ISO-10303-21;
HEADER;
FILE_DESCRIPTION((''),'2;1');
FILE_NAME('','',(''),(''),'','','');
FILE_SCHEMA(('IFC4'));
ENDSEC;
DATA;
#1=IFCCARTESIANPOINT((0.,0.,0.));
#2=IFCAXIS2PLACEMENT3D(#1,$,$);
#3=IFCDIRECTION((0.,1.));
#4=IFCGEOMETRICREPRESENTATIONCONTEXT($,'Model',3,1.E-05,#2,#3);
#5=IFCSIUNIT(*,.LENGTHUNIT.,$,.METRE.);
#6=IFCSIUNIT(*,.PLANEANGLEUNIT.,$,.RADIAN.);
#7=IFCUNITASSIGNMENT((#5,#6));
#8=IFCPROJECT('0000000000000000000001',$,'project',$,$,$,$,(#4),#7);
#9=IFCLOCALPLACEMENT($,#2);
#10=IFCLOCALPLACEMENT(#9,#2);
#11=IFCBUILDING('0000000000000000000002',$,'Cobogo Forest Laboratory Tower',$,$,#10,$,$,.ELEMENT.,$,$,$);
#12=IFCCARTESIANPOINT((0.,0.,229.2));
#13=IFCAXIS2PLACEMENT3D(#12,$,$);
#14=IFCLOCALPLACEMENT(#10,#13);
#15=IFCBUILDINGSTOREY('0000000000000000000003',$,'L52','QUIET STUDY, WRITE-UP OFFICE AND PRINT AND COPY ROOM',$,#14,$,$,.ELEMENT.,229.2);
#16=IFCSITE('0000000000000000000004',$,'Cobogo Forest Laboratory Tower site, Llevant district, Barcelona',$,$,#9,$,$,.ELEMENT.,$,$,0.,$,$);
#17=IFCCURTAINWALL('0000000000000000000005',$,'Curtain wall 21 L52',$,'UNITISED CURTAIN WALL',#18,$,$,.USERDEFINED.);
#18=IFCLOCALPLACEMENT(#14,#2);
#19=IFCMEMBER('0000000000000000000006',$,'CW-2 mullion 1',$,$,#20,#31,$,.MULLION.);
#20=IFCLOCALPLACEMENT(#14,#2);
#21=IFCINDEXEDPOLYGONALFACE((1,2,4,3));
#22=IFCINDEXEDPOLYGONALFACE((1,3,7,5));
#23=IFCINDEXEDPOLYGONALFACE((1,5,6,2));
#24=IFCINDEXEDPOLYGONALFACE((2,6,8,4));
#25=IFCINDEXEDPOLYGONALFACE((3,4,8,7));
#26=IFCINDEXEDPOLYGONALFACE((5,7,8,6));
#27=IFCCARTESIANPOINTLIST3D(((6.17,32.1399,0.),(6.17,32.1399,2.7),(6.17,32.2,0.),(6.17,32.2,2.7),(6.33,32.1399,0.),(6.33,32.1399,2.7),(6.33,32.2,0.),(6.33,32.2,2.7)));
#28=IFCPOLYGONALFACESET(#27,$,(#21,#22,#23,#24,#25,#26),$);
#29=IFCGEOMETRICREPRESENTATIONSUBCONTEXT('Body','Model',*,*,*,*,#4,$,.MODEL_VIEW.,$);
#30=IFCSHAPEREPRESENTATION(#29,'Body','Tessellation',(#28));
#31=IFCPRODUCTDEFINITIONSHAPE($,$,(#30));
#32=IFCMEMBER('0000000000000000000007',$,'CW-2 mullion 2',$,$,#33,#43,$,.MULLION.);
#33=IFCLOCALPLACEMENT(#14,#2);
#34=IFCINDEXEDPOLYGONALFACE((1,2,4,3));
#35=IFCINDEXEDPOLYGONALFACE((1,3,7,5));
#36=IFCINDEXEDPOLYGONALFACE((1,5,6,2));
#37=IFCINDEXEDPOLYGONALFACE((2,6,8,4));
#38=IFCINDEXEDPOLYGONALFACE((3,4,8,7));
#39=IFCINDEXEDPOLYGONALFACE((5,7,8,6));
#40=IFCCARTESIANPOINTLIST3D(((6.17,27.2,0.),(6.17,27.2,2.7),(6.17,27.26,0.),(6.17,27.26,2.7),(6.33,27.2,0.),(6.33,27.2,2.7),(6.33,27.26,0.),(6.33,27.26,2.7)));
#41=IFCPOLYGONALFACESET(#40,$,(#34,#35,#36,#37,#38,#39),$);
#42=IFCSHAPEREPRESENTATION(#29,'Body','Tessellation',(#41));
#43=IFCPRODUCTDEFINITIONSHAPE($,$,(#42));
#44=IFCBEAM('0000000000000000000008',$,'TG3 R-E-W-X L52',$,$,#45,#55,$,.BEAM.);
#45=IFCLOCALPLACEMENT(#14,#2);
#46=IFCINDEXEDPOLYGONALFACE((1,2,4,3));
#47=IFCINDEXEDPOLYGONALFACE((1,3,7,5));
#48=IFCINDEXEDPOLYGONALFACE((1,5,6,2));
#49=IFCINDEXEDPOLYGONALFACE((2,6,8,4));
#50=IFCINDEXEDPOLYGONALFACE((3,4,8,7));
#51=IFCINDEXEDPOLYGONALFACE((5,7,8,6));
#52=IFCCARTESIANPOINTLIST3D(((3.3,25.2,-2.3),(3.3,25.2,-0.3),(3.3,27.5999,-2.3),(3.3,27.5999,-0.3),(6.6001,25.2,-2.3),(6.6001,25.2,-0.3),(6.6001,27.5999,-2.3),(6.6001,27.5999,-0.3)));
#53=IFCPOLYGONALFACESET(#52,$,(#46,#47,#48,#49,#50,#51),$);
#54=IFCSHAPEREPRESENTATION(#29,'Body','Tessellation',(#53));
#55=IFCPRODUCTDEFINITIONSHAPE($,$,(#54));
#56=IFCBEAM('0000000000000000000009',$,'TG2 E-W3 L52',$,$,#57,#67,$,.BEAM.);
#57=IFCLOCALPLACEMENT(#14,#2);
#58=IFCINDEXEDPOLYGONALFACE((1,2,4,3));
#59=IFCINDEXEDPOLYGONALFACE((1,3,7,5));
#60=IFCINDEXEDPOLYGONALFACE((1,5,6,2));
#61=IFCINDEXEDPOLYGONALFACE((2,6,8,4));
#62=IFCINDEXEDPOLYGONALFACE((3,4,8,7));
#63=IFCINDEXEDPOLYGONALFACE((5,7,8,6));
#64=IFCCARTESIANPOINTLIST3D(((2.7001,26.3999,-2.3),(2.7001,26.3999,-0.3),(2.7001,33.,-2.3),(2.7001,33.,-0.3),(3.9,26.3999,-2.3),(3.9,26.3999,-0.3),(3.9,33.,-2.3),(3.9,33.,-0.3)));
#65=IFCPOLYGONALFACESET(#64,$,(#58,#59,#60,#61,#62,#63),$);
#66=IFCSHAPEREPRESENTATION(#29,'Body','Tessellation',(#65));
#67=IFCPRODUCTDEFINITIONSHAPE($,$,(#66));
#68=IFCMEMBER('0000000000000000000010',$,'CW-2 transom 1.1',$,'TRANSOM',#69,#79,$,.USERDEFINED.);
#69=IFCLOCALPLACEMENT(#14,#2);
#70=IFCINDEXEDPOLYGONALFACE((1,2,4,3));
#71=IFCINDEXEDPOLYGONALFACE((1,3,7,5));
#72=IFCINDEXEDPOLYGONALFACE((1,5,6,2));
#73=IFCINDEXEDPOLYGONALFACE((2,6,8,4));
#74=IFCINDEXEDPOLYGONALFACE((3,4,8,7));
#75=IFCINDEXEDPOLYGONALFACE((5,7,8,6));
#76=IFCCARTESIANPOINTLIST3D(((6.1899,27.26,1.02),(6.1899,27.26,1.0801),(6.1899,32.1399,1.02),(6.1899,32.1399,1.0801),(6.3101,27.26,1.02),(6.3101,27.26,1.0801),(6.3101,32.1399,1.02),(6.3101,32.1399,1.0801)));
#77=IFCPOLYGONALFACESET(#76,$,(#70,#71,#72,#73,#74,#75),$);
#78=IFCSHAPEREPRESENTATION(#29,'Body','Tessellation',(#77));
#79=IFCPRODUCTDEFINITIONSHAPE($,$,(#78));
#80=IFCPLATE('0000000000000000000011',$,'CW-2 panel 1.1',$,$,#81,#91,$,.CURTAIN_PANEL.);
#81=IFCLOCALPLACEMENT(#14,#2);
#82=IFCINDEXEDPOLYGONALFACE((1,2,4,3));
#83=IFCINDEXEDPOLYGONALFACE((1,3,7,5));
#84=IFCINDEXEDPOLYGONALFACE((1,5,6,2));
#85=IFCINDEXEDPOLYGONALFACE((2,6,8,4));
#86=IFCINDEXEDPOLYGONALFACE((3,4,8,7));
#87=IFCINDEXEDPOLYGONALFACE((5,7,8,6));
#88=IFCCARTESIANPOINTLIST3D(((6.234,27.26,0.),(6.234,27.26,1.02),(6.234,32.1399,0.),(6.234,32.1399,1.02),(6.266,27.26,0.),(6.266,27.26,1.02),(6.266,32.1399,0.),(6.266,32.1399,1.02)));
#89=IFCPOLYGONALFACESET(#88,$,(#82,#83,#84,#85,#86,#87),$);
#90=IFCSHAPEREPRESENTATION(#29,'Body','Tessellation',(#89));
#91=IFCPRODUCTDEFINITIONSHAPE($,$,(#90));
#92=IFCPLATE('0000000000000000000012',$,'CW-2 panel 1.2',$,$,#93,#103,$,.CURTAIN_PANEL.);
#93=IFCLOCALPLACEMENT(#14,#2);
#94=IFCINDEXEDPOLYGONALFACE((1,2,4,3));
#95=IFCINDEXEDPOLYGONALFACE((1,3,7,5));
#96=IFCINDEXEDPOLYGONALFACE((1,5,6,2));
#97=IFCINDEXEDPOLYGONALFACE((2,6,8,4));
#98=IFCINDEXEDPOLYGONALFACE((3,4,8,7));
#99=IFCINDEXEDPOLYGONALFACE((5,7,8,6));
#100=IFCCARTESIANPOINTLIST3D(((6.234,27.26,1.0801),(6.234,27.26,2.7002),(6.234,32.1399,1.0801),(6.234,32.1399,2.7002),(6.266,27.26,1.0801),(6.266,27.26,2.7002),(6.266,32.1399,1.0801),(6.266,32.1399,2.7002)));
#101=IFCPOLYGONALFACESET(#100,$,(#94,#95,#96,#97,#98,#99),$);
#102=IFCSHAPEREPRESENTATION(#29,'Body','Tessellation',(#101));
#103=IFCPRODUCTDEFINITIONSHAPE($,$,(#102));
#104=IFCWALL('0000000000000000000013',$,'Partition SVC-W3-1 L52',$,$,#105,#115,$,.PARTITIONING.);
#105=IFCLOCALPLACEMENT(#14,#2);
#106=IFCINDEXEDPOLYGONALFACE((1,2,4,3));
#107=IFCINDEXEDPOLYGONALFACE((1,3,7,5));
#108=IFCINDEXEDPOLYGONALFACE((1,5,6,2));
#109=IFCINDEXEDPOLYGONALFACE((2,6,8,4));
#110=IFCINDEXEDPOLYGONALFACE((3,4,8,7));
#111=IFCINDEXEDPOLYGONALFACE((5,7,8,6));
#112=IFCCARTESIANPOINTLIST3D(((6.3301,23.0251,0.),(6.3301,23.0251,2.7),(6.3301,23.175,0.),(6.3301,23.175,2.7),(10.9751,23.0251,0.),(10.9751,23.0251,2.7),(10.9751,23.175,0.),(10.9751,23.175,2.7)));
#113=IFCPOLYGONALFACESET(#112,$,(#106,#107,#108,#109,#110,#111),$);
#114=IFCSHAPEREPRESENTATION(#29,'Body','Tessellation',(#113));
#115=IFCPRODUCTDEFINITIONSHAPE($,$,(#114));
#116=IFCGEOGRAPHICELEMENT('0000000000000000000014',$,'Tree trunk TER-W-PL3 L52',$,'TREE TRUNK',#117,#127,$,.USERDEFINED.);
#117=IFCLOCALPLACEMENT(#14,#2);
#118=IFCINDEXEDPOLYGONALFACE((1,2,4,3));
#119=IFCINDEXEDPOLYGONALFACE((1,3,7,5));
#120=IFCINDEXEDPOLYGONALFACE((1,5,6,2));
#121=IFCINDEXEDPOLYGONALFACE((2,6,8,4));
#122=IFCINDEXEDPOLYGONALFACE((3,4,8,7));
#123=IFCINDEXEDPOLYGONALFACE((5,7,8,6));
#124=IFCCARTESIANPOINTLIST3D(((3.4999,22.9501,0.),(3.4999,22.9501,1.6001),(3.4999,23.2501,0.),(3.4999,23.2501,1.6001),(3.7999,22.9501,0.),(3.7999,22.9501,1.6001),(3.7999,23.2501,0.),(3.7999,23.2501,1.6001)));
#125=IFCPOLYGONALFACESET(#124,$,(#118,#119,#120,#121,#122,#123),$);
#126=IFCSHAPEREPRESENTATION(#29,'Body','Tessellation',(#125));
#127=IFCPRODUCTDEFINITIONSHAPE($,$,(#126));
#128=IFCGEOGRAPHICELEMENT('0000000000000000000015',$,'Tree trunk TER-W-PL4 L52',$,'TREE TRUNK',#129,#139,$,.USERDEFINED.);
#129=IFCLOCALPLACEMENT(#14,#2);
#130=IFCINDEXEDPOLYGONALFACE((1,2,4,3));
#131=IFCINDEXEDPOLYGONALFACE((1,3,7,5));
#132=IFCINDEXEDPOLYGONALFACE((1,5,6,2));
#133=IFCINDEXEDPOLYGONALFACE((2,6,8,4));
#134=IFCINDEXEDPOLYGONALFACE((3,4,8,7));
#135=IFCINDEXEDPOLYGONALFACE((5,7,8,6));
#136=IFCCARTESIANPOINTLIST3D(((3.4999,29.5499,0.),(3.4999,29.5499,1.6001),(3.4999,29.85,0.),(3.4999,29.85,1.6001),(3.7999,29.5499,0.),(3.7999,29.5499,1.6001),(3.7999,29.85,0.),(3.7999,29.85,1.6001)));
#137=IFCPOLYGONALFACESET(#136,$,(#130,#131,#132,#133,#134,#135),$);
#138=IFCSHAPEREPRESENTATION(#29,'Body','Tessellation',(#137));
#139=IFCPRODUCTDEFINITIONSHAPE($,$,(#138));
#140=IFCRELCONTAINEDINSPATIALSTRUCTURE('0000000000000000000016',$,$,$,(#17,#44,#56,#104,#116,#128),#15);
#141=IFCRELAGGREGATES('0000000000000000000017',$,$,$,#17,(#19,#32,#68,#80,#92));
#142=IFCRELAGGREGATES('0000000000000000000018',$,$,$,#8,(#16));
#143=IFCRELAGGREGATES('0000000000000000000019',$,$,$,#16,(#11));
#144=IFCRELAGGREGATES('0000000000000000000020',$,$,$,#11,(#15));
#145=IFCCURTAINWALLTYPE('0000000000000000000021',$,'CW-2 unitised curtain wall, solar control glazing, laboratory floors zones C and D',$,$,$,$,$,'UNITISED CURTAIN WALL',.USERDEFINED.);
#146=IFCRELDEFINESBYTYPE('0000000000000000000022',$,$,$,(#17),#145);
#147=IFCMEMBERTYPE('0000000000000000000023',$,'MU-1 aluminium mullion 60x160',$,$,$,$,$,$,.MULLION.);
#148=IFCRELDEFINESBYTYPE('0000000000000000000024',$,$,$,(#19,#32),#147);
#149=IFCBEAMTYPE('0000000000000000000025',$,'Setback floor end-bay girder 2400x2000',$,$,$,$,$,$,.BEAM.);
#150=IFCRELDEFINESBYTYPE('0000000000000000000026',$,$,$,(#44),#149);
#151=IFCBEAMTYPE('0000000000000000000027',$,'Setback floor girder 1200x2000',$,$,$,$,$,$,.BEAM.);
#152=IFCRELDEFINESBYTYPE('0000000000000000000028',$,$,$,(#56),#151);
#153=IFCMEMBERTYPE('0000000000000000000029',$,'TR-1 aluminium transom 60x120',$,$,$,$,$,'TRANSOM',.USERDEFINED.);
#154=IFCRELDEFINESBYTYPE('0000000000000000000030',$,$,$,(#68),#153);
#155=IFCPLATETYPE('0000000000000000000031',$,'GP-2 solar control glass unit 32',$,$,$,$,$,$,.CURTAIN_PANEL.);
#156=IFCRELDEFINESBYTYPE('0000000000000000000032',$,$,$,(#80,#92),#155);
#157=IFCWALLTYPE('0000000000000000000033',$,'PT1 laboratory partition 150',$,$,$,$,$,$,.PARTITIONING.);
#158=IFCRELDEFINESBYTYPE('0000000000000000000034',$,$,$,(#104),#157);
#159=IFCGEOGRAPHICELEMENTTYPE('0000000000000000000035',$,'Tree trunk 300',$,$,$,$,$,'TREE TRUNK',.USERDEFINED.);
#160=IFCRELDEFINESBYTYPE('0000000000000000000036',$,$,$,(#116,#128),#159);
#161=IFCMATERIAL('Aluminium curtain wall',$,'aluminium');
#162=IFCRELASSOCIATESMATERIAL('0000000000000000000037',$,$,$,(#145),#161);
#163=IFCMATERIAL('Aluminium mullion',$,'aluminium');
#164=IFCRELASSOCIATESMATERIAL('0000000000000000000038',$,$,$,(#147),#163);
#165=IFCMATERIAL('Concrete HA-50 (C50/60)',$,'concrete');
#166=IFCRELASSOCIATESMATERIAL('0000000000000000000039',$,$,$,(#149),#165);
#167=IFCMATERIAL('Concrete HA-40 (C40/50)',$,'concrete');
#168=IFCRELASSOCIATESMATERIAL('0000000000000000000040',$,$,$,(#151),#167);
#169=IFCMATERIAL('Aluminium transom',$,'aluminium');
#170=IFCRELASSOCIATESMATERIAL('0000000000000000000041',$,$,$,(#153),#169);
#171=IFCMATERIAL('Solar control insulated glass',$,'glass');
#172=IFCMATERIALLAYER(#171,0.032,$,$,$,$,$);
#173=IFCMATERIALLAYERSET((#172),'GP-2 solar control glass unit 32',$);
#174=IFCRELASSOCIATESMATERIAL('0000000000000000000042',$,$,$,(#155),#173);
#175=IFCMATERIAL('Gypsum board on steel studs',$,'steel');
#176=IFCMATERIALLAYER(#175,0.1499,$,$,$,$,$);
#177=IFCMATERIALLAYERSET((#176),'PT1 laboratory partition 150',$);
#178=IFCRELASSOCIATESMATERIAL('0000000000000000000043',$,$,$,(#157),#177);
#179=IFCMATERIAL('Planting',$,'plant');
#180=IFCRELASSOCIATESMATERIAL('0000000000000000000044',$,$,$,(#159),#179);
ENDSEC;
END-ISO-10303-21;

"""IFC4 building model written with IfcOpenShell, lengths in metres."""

from ifc_helpers import new_model, si_unit, direction, frame, frame_2d, origin, origin_2d, place, context, subcontext, project, spatial, rectangle, extrude, material, layer, layer_set, material_profile, profile_set, type_object, element, aggregate, save


model = new_model("IFC4")

# Units and contexts
model_context = context("Model", 3, precision=1e-05, world=origin(), true_north=direction((0.0, 1.0)))
body_context = subcontext(model_context, "Body", "Model", "MODEL_VIEW")
ifc_project = project(units=[si_unit("LENGTHUNIT", "METRE"), si_unit("PLANEANGLEUNIT", "RADIAN")], contexts=[model_context])

# Site, building, storey
site_placement = place(None, origin())
site = spatial("IfcSite", under=ifc_project, at=site_placement, Name="Cobogo Forest Laboratory Tower site, Llevant district, Barcelona", CompositionType="ELEMENT", RefElevation=0.0)
building_placement = place(site_placement, origin())
building = spatial("IfcBuilding", under=site, at=building_placement, Name="Cobogo Forest Laboratory Tower", CompositionType="ELEMENT")
storey_placement = place(building_placement, frame((0.0, 0.0, 229.2)))
storey = spatial("IfcBuildingStorey", under=building, at=storey_placement, Name="L52", Description="QUIET STUDY, WRITE-UP OFFICE AND PRINT AND COPY ROOM", CompositionType="ELEMENT", Elevation=229.2)

# Curtain wall, members
ifc_material_1 = material(Name="Aluminium curtain wall", Category="aluminium")
curtain_wall_type = type_object("IfcCurtainWallType", Name="CW-2 unitised curtain wall, solar control glazing, laboratory floors zones C and D", ElementType="UNITISED CURTAIN WALL", PredefinedType="USERDEFINED", material=ifc_material_1)
curtain_wall_placement = place(storey_placement, origin())
curtain_wall = element("IfcCurtainWall", 1, at=curtain_wall_placement, inside=storey, type_object=curtain_wall_type, Name="Curtain wall 21 L52", ObjectType="UNITISED CURTAIN WALL", PredefinedType="USERDEFINED")
ifc_material_2 = material(Name="Aluminium mullion", Category="aluminium")
ifc_material_profile_1 = material_profile(ifc_material_2, rectangle(XDim=0.0601, YDim=0.1599, at=origin_2d()), Name="AL 60x160")
ifc_profile_set_1 = profile_set([ifc_material_profile_1], Name="Aluminium mullion")
member_type_1 = type_object("IfcMemberType", Name="MU-1 aluminium mullion 60x160", PredefinedType="MULLION", material=ifc_profile_set_1)
member_1_placement = place(storey_placement, frame((6.25, 32.1699, 0.0), z_axis=(0.0, 0.0, 1.0), x_axis=(0.0, -1.0, 0.0)))
member_1 = element("IfcMember", 2, at=member_1_placement, type_object=member_type_1, Name="CW-2 mullion 1", PredefinedType="MULLION", context=body_context, shape_type="SweptSolid", body=[
    extrude(rectangle(XDim=0.0601, YDim=0.1599, at=origin_2d()), origin(), (0.0, 0.0, 1.0), 2.7),
])
member_2_placement = place(storey_placement, frame((6.25, 27.23, 0.0), z_axis=(0.0, 0.0, 1.0), x_axis=(0.0, -1.0, 0.0)))
member_2 = element("IfcMember", 3, at=member_2_placement, type_object=member_type_1, Name="CW-2 mullion 2", PredefinedType="MULLION", context=body_context, shape_type="SweptSolid", body=[
    extrude(rectangle(XDim=0.0601, YDim=0.1599, at=origin_2d()), origin(), (0.0, 0.0, 1.0), 2.7),
])

# Beams
ifc_material_3 = material(Name="Concrete HA-50 (C50/60)", Category="concrete")
ifc_material_profile_2 = material_profile(ifc_material_3, rectangle(XDim=2.3999, YDim=2.0, at=origin_2d()), Name="RC 2400x2000")
ifc_profile_set_2 = profile_set([ifc_material_profile_2], Name="Concrete HA-50 (C50/60)")
beam_type_1 = type_object("IfcBeamType", Name="Setback floor end-bay girder 2400x2000", PredefinedType="BEAM", material=ifc_profile_set_2)
beam_1_placement = place(storey_placement, frame((3.3, 26.3999, -1.3), z_axis=(1.0, 0.0, 0.0), x_axis=(0.0, 1.0, 0.0)))
element("IfcBeam", 4, at=beam_1_placement, inside=storey, type_object=beam_type_1, Name="TG3 R-E-W-X L52", PredefinedType="BEAM", context=body_context, shape_type="SweptSolid", body=[
    extrude(rectangle(XDim=2.3999, YDim=2.0, at=origin_2d()), origin(), (0.0, 0.0, 1.0), 3.3),
])
ifc_material_4 = material(Name="Concrete HA-40 (C40/50)", Category="concrete")
ifc_material_profile_3 = material_profile(ifc_material_4, rectangle(XDim=1.2, YDim=2.0, at=origin_2d()), Name="RC 1200x2000")
ifc_profile_set_3 = profile_set([ifc_material_profile_3], Name="Concrete HA-40 (C40/50)")
beam_type_2 = type_object("IfcBeamType", Name="Setback floor girder 1200x2000", PredefinedType="BEAM", material=ifc_profile_set_3)
beam_2_placement = place(storey_placement, frame((3.3, 26.3999, -1.3), z_axis=(0.0, 1.0, 0.0), x_axis=(-1.0, 0.0, 0.0)))
element("IfcBeam", 5, at=beam_2_placement, inside=storey, type_object=beam_type_2, Name="TG2 E-W3 L52", PredefinedType="BEAM", context=body_context, shape_type="SweptSolid", body=[
    extrude(rectangle(XDim=1.2, YDim=2.0, at=origin_2d()), origin(), (0.0, 0.0, 1.0), 6.6001),
])

# Member
ifc_material_5 = material(Name="Aluminium transom", Category="aluminium")
ifc_material_profile_4 = material_profile(ifc_material_5, rectangle(XDim=0.1201, YDim=0.0601, at=origin_2d()), Name="AL 60x120")
ifc_profile_set_4 = profile_set([ifc_material_profile_4], Name="Aluminium transom")
member_type_2 = type_object("IfcMemberType", Name="TR-1 aluminium transom 60x120", ElementType="TRANSOM", PredefinedType="USERDEFINED", material=ifc_profile_set_4)
member_3_placement = place(storey_placement, frame((6.25, 32.1399, 1.05), z_axis=(0.0, -1.0, 0.0), x_axis=(1.0, 0.0, 0.0)))
member_3 = element("IfcMember", 6, at=member_3_placement, type_object=member_type_2, Name="CW-2 transom 1.1", ObjectType="TRANSOM", PredefinedType="USERDEFINED", context=body_context, shape_type="SweptSolid", body=[
    extrude(rectangle(XDim=0.1201, YDim=0.0601, at=origin_2d()), origin(), (0.0, 0.0, 1.0), 4.8799),
])

# Plates
ifc_material_6 = material(Name="Solar control insulated glass", Category="glass")
ifc_layer_1 = layer(ifc_material_6, 0.032)
ifc_layer_set_1 = layer_set([ifc_layer_1], Name="GP-2 solar control glass unit 32")
plate_type_1 = type_object("IfcPlateType", Name="GP-2 solar control glass unit 32", PredefinedType="CURTAIN_PANEL", material=ifc_layer_set_1)
plate_1_placement = place(storey_placement, frame((6.25, 29.7, 0.0), z_axis=(0.0, 0.0, 1.0), x_axis=(0.0, -1.0, 0.0)))
plate_1 = element("IfcPlate", 7, at=plate_1_placement, type_object=plate_type_1, Name="CW-2 panel 1.1", PredefinedType="CURTAIN_PANEL", context=body_context, shape_type="SweptSolid", body=[
    extrude(rectangle(XDim=4.8799, YDim=0.032, at=origin_2d()), origin(), (0.0, 0.0, 1.0), 1.02),
])
plate_2_placement = place(storey_placement, frame((6.25, 29.7, 1.0801), z_axis=(0.0, 0.0, 1.0), x_axis=(0.0, -1.0, 0.0)))
plate_2 = element("IfcPlate", 8, at=plate_2_placement, type_object=plate_type_1, Name="CW-2 panel 1.2", PredefinedType="CURTAIN_PANEL", context=body_context, shape_type="SweptSolid", body=[
    extrude(rectangle(XDim=4.8799, YDim=0.032, at=origin_2d()), origin(), (0.0, 0.0, 1.0), 1.6201),
])
aggregate(curtain_wall, [member_1, member_2, member_3, plate_1, plate_2])

# Wall
ifc_material_7 = material(Name="Gypsum board on steel studs", Category="steel")
ifc_layer_2 = layer(ifc_material_7, 0.1499)
ifc_layer_set_2 = layer_set([ifc_layer_2], Name="PT1 laboratory partition 150")
wall_type_1 = type_object("IfcWallType", Name="PT1 laboratory partition 150", PredefinedType="PARTITIONING", material=ifc_layer_set_2)
wall_1_placement = place(storey_placement, frame((6.3301, 23.1001, 0.0), z_axis=(0.0, 0.0, 1.0), x_axis=(1.0, 0.0, 0.0)))
element("IfcWall", 9, at=wall_1_placement, inside=storey, type_object=wall_type_1, Name="Partition SVC-W3-1 L52", PredefinedType="PARTITIONING", context=body_context, shape_type="SweptSolid", body=[
    extrude(rectangle(XDim=4.645, YDim=0.1499, at=frame_2d((2.3225, 0.0))), origin(), (0.0, 0.0, 1.0), 2.7),
])

# Geographic elements
ifc_material_8 = material(Name="Planting", Category="plant")
geographic_element_type = type_object("IfcGeographicElementType", Name="Tree trunk 300", ElementType="TREE TRUNK", PredefinedType="USERDEFINED", material=ifc_material_8)
for number, where, z_axis, x_axis, name in (
    (10, (3.6499, 23.1001, 0.0), (0.0, 0.0, 1.0), (1.0, 0.0, 0.0), "Tree trunk TER-W-PL3 L52"),
    (11, (3.6499, 29.7, 0.0), (0.0, 0.0, 1.0), (1.0, 0.0, 0.0), "Tree trunk TER-W-PL4 L52"),
):
    element("IfcGeographicElement", number, at=place(storey_placement, frame(where, z_axis=z_axis, x_axis=x_axis)), inside=storey, type_object=geographic_element_type, Name=name, ObjectType="TREE TRUNK", PredefinedType="USERDEFINED", context=body_context, shape_type="SweptSolid", body=[
        extrude(rectangle(XDim=0.3, YDim=0.3, at=origin_2d()), origin(), (0.0, 0.0, 1.0), 1.6001),
    ])

save(model, "model.ifc")
